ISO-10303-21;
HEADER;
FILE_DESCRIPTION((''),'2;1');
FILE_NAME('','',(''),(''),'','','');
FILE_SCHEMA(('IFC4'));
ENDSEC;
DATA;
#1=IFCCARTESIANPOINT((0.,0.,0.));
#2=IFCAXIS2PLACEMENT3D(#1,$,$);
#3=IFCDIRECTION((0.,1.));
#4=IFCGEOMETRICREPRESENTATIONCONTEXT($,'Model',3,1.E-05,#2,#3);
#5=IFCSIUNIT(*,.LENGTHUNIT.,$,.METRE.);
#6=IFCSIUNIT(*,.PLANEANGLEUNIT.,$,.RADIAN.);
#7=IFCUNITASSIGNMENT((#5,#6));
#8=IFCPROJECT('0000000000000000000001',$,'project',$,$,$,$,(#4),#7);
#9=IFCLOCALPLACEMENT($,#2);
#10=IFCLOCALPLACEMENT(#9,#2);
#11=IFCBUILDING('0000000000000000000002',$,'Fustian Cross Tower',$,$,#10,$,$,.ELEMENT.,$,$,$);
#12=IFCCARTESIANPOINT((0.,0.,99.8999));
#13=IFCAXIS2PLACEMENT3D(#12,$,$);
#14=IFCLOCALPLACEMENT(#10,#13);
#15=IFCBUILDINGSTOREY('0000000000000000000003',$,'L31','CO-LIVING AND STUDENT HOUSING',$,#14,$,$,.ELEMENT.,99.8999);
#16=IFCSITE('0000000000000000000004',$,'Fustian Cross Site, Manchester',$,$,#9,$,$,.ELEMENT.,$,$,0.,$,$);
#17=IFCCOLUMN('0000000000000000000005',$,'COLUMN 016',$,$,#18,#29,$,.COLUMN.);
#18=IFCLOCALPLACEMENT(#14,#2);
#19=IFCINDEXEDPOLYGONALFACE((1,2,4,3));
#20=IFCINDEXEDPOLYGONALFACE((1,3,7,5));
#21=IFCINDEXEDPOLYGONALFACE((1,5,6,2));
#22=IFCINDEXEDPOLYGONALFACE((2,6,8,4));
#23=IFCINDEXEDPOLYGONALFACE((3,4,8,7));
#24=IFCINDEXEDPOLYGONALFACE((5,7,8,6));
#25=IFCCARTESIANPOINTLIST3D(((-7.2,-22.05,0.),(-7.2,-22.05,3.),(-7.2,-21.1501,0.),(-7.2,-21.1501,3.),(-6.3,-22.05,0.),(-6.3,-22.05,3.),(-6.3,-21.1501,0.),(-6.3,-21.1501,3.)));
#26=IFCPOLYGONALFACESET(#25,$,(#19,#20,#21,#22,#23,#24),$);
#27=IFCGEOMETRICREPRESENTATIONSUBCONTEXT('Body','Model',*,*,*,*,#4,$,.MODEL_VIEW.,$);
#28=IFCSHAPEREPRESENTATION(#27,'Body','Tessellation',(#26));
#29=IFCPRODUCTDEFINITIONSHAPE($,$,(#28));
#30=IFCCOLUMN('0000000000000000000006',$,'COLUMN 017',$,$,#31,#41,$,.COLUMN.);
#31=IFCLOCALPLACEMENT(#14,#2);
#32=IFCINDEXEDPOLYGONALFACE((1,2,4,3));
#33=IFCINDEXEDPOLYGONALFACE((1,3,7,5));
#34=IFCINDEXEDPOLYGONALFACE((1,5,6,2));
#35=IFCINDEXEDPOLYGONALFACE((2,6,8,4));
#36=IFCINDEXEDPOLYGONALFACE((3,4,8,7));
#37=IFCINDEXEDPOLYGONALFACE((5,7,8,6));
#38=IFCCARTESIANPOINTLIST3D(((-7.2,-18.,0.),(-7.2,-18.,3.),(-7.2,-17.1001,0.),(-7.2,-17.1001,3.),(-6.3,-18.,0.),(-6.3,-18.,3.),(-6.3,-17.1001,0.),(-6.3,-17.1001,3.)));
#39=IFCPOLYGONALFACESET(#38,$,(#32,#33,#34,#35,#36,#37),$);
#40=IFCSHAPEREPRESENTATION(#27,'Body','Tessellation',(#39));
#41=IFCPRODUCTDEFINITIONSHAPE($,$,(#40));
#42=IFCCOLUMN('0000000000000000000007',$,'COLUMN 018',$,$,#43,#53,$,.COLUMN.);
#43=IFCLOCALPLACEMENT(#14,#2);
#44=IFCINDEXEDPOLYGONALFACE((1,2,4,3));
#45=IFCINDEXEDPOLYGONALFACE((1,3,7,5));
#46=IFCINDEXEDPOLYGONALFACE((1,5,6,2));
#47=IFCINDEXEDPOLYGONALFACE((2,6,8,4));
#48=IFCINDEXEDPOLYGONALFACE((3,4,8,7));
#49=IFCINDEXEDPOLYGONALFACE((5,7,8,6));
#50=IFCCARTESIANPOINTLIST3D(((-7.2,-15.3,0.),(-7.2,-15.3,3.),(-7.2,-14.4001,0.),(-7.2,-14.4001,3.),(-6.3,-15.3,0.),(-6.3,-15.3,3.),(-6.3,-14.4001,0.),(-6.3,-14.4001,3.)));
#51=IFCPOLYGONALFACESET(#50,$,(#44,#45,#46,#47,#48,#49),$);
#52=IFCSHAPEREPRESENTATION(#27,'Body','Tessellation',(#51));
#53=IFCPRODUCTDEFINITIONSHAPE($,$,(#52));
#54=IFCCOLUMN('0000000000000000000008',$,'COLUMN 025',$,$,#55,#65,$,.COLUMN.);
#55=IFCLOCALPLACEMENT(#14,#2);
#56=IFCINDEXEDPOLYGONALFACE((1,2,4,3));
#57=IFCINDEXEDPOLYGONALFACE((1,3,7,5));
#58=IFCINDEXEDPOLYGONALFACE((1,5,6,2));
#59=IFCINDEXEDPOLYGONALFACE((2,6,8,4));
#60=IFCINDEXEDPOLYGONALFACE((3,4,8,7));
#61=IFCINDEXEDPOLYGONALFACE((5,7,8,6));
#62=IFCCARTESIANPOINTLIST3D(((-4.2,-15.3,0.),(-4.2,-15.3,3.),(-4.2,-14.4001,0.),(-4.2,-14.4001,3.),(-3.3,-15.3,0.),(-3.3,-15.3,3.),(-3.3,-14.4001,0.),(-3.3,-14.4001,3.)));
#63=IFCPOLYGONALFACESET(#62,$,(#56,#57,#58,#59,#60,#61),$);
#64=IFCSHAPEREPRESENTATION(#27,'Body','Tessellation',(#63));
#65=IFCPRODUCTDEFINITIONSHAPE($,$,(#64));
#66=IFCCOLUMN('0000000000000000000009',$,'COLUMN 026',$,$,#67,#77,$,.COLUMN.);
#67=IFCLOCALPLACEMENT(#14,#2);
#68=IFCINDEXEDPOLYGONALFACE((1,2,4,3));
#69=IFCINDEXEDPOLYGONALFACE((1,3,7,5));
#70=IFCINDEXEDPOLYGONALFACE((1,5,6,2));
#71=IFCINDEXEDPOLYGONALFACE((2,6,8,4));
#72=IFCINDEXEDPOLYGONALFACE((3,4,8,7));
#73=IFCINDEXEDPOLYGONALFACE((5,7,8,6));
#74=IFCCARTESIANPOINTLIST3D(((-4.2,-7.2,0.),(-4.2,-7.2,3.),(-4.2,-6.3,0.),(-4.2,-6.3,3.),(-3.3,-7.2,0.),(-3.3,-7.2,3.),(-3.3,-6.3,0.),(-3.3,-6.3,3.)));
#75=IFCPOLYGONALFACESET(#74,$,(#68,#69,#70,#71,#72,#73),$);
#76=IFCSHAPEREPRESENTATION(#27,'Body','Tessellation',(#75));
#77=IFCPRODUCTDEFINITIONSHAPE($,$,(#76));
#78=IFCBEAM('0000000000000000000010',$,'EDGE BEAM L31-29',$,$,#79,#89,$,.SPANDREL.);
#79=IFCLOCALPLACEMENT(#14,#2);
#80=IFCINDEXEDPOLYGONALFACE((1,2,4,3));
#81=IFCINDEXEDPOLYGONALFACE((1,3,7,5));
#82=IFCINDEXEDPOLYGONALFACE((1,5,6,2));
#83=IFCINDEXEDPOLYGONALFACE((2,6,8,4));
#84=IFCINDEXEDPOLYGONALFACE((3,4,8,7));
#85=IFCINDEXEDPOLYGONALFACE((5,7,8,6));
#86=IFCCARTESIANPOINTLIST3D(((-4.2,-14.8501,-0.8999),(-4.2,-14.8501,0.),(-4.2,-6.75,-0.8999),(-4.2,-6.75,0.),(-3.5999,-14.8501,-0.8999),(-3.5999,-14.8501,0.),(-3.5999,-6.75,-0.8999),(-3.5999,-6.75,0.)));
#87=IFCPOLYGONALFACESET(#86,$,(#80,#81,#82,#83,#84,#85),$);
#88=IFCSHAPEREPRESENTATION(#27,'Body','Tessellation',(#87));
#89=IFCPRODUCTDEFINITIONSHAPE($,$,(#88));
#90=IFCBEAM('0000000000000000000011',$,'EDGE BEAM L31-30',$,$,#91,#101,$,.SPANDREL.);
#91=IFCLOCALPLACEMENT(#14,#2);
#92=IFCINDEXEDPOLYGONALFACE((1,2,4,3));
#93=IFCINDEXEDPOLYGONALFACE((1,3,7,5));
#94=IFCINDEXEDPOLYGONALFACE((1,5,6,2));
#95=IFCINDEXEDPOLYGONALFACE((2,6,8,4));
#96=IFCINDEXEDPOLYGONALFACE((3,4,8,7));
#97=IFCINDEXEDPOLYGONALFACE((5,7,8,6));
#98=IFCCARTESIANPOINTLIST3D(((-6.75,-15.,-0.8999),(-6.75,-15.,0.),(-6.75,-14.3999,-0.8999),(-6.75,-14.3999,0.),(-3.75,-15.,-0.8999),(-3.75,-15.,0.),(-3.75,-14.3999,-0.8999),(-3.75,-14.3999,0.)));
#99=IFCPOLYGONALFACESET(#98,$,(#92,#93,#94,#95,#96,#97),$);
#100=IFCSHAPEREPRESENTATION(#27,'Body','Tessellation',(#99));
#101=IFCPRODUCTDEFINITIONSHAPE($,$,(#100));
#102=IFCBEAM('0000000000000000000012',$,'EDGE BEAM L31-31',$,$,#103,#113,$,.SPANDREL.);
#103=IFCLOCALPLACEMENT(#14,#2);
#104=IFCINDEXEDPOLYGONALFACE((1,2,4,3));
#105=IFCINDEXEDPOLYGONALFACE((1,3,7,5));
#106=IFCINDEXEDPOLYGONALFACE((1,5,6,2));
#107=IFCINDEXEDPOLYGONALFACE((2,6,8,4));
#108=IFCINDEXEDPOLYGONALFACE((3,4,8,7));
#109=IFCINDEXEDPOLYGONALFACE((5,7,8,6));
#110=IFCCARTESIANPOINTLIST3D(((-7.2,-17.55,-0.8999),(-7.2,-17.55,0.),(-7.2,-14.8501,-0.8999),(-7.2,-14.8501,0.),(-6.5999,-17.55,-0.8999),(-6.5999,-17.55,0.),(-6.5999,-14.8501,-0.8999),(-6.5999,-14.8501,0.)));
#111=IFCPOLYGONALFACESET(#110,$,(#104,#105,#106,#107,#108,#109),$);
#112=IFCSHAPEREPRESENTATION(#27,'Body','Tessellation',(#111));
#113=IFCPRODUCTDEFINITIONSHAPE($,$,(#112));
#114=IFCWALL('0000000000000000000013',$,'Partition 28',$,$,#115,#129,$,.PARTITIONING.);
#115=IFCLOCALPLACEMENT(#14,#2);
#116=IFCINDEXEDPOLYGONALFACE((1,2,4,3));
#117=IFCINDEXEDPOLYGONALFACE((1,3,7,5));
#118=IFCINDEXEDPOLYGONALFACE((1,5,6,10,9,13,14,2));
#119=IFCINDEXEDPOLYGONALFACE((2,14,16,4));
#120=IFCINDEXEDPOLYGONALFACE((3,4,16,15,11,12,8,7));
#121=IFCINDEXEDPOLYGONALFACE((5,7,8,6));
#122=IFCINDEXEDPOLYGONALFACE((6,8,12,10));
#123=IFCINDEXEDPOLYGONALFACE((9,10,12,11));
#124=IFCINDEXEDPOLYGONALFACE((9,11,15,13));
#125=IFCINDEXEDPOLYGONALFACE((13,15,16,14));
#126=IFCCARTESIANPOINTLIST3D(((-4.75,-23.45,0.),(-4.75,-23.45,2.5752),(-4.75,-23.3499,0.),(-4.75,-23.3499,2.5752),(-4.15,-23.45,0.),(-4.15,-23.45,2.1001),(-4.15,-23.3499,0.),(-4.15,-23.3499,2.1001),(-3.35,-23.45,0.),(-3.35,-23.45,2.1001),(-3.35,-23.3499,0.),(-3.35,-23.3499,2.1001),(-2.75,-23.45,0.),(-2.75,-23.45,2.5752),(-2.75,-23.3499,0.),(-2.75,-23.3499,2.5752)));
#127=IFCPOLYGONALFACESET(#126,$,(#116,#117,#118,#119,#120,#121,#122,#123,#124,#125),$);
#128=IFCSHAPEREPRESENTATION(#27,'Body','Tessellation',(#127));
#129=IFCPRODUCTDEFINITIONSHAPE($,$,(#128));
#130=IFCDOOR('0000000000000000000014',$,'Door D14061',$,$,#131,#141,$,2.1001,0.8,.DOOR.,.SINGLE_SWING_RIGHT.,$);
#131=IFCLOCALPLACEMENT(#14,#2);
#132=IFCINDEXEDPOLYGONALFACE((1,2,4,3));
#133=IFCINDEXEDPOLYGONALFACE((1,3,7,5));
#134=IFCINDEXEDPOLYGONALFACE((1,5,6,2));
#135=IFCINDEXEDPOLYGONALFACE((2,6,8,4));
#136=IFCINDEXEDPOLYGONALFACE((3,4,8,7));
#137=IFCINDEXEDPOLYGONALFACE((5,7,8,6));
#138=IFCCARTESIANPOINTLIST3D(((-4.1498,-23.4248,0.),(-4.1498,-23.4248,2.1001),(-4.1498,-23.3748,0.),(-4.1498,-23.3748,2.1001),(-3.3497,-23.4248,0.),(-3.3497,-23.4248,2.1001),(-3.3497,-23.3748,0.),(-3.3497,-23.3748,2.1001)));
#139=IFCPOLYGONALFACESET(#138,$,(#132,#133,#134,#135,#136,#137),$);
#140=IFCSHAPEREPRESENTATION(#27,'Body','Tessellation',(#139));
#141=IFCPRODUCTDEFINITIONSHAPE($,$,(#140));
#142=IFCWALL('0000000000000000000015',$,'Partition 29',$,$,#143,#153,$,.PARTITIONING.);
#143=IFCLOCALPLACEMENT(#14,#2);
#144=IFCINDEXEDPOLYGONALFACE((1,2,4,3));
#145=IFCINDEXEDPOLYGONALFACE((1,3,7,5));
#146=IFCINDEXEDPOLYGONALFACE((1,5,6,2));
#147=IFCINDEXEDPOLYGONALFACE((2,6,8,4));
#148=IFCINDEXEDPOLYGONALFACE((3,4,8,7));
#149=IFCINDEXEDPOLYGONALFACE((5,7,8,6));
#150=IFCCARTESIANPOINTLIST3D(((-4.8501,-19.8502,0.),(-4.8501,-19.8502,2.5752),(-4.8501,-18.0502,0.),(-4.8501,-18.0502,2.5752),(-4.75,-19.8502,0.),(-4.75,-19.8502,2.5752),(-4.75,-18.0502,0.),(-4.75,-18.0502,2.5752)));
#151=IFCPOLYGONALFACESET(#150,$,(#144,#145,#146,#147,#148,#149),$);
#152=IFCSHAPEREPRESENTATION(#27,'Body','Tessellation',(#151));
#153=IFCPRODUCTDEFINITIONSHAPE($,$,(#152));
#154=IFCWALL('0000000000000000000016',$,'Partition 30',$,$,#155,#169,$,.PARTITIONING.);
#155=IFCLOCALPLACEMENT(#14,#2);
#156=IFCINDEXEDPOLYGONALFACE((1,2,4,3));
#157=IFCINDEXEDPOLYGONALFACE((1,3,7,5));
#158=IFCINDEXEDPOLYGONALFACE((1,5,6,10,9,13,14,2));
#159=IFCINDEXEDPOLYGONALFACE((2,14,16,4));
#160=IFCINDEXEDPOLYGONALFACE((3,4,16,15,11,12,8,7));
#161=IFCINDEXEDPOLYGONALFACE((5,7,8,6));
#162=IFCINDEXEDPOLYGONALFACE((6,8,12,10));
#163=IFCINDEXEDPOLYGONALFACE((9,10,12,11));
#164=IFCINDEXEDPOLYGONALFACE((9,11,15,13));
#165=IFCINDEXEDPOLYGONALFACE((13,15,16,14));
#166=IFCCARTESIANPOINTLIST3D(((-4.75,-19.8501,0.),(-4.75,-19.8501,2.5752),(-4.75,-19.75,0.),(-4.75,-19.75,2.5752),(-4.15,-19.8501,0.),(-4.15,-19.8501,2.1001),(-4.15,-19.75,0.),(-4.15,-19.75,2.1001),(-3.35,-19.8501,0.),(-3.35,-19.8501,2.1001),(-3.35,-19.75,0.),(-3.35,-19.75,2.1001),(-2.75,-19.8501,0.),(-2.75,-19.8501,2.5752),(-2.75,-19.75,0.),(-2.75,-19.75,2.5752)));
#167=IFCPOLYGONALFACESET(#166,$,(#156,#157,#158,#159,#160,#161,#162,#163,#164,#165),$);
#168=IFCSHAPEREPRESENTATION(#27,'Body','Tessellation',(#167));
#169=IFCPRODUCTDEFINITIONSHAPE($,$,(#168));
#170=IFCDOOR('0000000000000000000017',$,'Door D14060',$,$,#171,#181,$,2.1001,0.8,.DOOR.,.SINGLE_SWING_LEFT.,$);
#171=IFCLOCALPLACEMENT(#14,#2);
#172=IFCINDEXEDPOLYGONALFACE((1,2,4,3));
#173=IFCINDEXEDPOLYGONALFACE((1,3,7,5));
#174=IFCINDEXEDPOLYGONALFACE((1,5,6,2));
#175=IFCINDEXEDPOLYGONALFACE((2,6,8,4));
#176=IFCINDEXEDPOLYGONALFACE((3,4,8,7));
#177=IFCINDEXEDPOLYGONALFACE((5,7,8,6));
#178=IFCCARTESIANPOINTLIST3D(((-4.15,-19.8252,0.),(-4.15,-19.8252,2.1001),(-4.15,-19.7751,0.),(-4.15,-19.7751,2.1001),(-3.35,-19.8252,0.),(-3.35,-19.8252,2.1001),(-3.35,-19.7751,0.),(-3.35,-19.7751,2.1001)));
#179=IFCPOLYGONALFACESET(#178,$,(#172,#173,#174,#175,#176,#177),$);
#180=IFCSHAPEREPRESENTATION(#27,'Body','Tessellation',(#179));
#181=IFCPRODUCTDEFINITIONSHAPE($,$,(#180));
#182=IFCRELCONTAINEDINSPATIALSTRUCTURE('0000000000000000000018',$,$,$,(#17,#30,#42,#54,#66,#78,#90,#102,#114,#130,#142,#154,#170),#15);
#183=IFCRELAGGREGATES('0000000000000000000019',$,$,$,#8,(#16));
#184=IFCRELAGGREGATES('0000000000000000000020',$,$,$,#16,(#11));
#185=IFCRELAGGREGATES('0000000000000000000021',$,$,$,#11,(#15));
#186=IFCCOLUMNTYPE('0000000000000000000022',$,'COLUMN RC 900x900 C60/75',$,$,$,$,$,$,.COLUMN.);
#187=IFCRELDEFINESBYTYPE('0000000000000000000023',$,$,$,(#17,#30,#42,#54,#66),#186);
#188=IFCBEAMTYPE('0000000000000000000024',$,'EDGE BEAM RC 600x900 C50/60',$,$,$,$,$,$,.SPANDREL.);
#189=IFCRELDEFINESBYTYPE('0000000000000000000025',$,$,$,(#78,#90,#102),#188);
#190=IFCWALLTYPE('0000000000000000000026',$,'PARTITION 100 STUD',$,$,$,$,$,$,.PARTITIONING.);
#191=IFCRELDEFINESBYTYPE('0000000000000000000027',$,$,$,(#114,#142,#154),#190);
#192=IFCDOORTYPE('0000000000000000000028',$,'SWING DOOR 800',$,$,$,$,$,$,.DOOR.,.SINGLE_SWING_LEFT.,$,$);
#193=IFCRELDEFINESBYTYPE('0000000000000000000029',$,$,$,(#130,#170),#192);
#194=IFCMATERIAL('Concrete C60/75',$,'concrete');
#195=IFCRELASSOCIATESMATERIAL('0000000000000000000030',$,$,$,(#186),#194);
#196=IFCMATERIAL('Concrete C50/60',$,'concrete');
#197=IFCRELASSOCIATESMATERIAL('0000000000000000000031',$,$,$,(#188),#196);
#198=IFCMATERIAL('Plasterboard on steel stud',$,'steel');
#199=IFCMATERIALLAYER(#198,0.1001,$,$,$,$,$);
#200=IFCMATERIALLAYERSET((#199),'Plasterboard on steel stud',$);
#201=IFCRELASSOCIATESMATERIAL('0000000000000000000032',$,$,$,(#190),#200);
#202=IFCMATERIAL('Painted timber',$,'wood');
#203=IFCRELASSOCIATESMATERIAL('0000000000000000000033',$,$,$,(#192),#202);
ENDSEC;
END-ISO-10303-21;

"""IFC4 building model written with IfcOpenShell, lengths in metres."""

from ifc_helpers import new_model, si_unit, direction, frame, frame_2d, origin, origin_2d, place, context, subcontext, project, spatial, rectangle, extrude, material, layer, layer_set, material_profile, profile_set, type_object, element, fill, save


model = new_model("IFC4")

# Units and contexts
model_context = context("Model", 3, precision=1e-05, world=origin(), true_north=direction((0.0, 1.0)))
body_context = subcontext(model_context, "Body", "Model", "MODEL_VIEW")
ifc_project = project(units=[si_unit("LENGTHUNIT", "METRE"), si_unit("PLANEANGLEUNIT", "RADIAN")], contexts=[model_context])

# Site, building, storey
site_placement = place(None, origin())
site = spatial("IfcSite", under=ifc_project, at=site_placement, Name="Fustian Cross Site, Manchester", CompositionType="ELEMENT", RefElevation=0.0)
building_placement = place(site_placement, origin())
building = spatial("IfcBuilding", under=site, at=building_placement, Name="Fustian Cross Tower", CompositionType="ELEMENT")
storey_placement = place(building_placement, frame((0.0, 0.0, 99.8999)))
storey = spatial("IfcBuildingStorey", under=building, at=storey_placement, Name="L31", Description="CO-LIVING AND STUDENT HOUSING", CompositionType="ELEMENT", Elevation=99.8999)

# Columns
ifc_material_1 = material(Name="Concrete C60/75", Category="concrete")
ifc_material_profile_1 = material_profile(ifc_material_1, rectangle(XDim=0.8999, YDim=0.8999, at=origin_2d()), Name="RC 900x900")
ifc_profile_set_1 = profile_set([ifc_material_profile_1], Name="Concrete C60/75")
column_type = type_object("IfcColumnType", Name="COLUMN RC 900x900 C60/75", PredefinedType="COLUMN", material=ifc_profile_set_1)
for number, where, z_axis, x_axis, name in (
    (1, (-6.75, -21.6001, 0.0), (0.0, 0.0, 1.0), (1.0, 0.0, 0.0), "COLUMN 016"),
    (2, (-6.75, -17.55, 0.0), (0.0, 0.0, 1.0), (1.0, 0.0, 0.0), "COLUMN 017"),
    (3, (-6.75, -14.8501, 0.0), (0.0, 0.0, 1.0), (1.0, 0.0, 0.0), "COLUMN 018"),
    (4, (-3.75, -14.8501, 0.0), (0.0, 0.0, 1.0), (1.0, 0.0, 0.0), "COLUMN 025"),
    (5, (-3.75, -6.75, 0.0), (0.0, 0.0, 1.0), (1.0, 0.0, 0.0), "COLUMN 026"),
):
    element("IfcColumn", number, at=place(storey_placement, frame(where, z_axis=z_axis, x_axis=x_axis)), inside=storey, type_object=column_type, Name=name, PredefinedType="COLUMN", context=body_context, shape_type="SweptSolid", body=[
        extrude(rectangle(XDim=0.8999, YDim=0.8999, at=origin_2d()), origin(), (0.0, 0.0, 1.0), 3.0),
    ])

# Beams
ifc_material_2 = material(Name="Concrete C50/60", Category="concrete")
ifc_material_profile_2 = material_profile(ifc_material_2, rectangle(XDim=0.6001, YDim=0.8999, at=origin_2d()), Name="RC 600x900")
ifc_profile_set_2 = profile_set([ifc_material_profile_2], Name="Concrete C50/60")
beam_type = type_object("IfcBeamType", Name="EDGE BEAM RC 600x900 C50/60", PredefinedType="SPANDREL", material=ifc_profile_set_2)
beam_1_placement = place(storey_placement, frame((-3.8999, -6.75, -0.45), z_axis=(0.0, -1.0, 0.0), x_axis=(1.0, 0.0, 0.0)))
element("IfcBeam", 6, at=beam_1_placement, inside=storey, type_object=beam_type, Name="EDGE BEAM L31-29", PredefinedType="SPANDREL", context=body_context, shape_type="SweptSolid", body=[
    extrude(rectangle(XDim=0.6001, YDim=0.8999, at=origin_2d()), origin(), (0.0, 0.0, 1.0), 8.1001),
])
beam_2_placement = place(storey_placement, frame((-3.75, -14.7, -0.45), z_axis=(-1.0, 0.0, 0.0), x_axis=(0.0, -1.0, 0.0)))
element("IfcBeam", 7, at=beam_2_placement, inside=storey, type_object=beam_type, Name="EDGE BEAM L31-30", PredefinedType="SPANDREL", context=body_context, shape_type="SweptSolid", body=[
    extrude(rectangle(XDim=0.6001, YDim=0.8999, at=origin_2d()), origin(), (0.0, 0.0, 1.0), 3.0),
])
beam_3_placement = place(storey_placement, frame((-6.8999, -14.8501, -0.45), z_axis=(0.0, -1.0, 0.0), x_axis=(1.0, 0.0, 0.0)))
element("IfcBeam", 8, at=beam_3_placement, inside=storey, type_object=beam_type, Name="EDGE BEAM L31-31", PredefinedType="SPANDREL", context=body_context, shape_type="SweptSolid", body=[
    extrude(rectangle(XDim=0.6001, YDim=0.8999, at=origin_2d()), origin(), (0.0, 0.0, 1.0), 2.7),
])

# Wall, opening, door
ifc_material_3 = material(Name="Plasterboard on steel stud", Category="steel")
ifc_layer_1 = layer(ifc_material_3, 0.1001)
ifc_layer_set_1 = layer_set([ifc_layer_1], Name="Plasterboard on steel stud")
wall_type_1 = type_object("IfcWallType", Name="PARTITION 100 STUD", PredefinedType="PARTITIONING", material=ifc_layer_set_1)
wall_1_placement = place(storey_placement, frame((-4.75, -23.3999, 0.0), z_axis=(0.0, 0.0, 1.0), x_axis=(1.0, 0.0, 0.0)))
wall_1 = element("IfcWall", 9, at=wall_1_placement, inside=storey, type_object=wall_type_1, Name="Partition 28", PredefinedType="PARTITIONING", context=body_context, shape_type="SweptSolid", body=[
    extrude(rectangle(XDim=2.0, YDim=0.1001, at=frame_2d((1.0, 0.0))), origin(), (0.0, 0.0, 1.0), 2.5752),
])
opening_1_placement = place(wall_1_placement, frame((0.6001, 0.0, 0.0)))
opening_1 = element("IfcOpeningElement", 10, at=opening_1_placement, cuts=wall_1, PredefinedType="OPENING", context=body_context, shape_type="SweptSolid", body=[
    extrude(rectangle(XDim=0.8, YDim=2.1001, at=frame_2d((0.3999, 1.05))), frame((0.0, 0.0601, 0.0), z_axis=(0.0, -1.0, 0.0), x_axis=(1.0, 0.0, 0.0)), (0.0, 0.0, 1.0), 0.1201),
])
ifc_material_4 = material(Name="Painted timber", Category="wood")
door_type_1 = type_object("IfcDoorType", Name="SWING DOOR 800", OperationType="SINGLE_SWING_LEFT", PredefinedType="DOOR", material=ifc_material_4)
door_1_placement = place(opening_1_placement, frame((0.8, 0.0, 0.0), z_axis=(0.0, 0.0, 1.0), x_axis=(-1.0, 0.0, 0.0)))
door_1 = element("IfcDoor", 11, at=door_1_placement, inside=storey, type_object=door_type_1, Name="Door D14061", OperationType="SINGLE_SWING_RIGHT", OverallHeight=2.1001, OverallWidth=0.8, PredefinedType="DOOR", context=body_context, shape_type="SweptSolid", body=[
    extrude(rectangle(XDim=0.8, YDim=2.1001, at=frame_2d((0.3999, 1.05))), frame((0.0, 0.0249, 0.0), z_axis=(0.0, -1.0, 0.0), x_axis=(1.0, 0.0, 0.0)), (0.0, 0.0, 1.0), 0.05),
])
fill(opening_1, door_1)

# Wall
wall_2_placement = place(storey_placement, frame((-4.8, -19.8501, 0.0), z_axis=(0.0, 0.0, 1.0), x_axis=(0.0, 1.0, 0.0)))
element("IfcWall", 12, at=wall_2_placement, inside=storey, type_object=wall_type_1, Name="Partition 29", PredefinedType="PARTITIONING", context=body_context, shape_type="SweptSolid", body=[
    extrude(rectangle(XDim=1.8, YDim=0.1001, at=frame_2d((0.8999, 0.0))), origin(), (0.0, 0.0, 1.0), 2.5752),
])

# Wall, opening, door
wall_3_placement = place(storey_placement, frame((-4.75, -19.8, 0.0), z_axis=(0.0, 0.0, 1.0), x_axis=(1.0, 0.0, 0.0)))
wall_3 = element("IfcWall", 13, at=wall_3_placement, inside=storey, type_object=wall_type_1, Name="Partition 30", PredefinedType="PARTITIONING", context=body_context, shape_type="SweptSolid", body=[
    extrude(rectangle(XDim=2.0, YDim=0.1001, at=frame_2d((1.0, 0.0))), origin(), (0.0, 0.0, 1.0), 2.5752),
])
opening_2_placement = place(wall_3_placement, frame((0.6001, 0.0, 0.0)))
opening_2 = element("IfcOpeningElement", 14, at=opening_2_placement, cuts=wall_3, PredefinedType="OPENING", context=body_context, shape_type="SweptSolid", body=[
    extrude(rectangle(XDim=0.8, YDim=2.1001, at=frame_2d((0.3999, 1.05))), frame((0.0, 0.0601, 0.0), z_axis=(0.0, -1.0, 0.0), x_axis=(1.0, 0.0, 0.0)), (0.0, 0.0, 1.0), 0.1201),
])
door_2_placement = place(opening_2_placement, origin())
door_2 = element("IfcDoor", 15, at=door_2_placement, inside=storey, type_object=door_type_1, Name="Door D14060", OperationType="SINGLE_SWING_LEFT", OverallHeight=2.1001, OverallWidth=0.8, PredefinedType="DOOR", context=body_context, shape_type="SweptSolid", body=[
    extrude(rectangle(XDim=0.8, YDim=2.1001, at=frame_2d((0.3999, 1.05))), frame((0.0, 0.0249, 0.0), z_axis=(0.0, -1.0, 0.0), x_axis=(1.0, 0.0, 0.0)), (0.0, 0.0, 1.0), 0.05),
])
fill(opening_2, door_2)

save(model, "model.ifc")
